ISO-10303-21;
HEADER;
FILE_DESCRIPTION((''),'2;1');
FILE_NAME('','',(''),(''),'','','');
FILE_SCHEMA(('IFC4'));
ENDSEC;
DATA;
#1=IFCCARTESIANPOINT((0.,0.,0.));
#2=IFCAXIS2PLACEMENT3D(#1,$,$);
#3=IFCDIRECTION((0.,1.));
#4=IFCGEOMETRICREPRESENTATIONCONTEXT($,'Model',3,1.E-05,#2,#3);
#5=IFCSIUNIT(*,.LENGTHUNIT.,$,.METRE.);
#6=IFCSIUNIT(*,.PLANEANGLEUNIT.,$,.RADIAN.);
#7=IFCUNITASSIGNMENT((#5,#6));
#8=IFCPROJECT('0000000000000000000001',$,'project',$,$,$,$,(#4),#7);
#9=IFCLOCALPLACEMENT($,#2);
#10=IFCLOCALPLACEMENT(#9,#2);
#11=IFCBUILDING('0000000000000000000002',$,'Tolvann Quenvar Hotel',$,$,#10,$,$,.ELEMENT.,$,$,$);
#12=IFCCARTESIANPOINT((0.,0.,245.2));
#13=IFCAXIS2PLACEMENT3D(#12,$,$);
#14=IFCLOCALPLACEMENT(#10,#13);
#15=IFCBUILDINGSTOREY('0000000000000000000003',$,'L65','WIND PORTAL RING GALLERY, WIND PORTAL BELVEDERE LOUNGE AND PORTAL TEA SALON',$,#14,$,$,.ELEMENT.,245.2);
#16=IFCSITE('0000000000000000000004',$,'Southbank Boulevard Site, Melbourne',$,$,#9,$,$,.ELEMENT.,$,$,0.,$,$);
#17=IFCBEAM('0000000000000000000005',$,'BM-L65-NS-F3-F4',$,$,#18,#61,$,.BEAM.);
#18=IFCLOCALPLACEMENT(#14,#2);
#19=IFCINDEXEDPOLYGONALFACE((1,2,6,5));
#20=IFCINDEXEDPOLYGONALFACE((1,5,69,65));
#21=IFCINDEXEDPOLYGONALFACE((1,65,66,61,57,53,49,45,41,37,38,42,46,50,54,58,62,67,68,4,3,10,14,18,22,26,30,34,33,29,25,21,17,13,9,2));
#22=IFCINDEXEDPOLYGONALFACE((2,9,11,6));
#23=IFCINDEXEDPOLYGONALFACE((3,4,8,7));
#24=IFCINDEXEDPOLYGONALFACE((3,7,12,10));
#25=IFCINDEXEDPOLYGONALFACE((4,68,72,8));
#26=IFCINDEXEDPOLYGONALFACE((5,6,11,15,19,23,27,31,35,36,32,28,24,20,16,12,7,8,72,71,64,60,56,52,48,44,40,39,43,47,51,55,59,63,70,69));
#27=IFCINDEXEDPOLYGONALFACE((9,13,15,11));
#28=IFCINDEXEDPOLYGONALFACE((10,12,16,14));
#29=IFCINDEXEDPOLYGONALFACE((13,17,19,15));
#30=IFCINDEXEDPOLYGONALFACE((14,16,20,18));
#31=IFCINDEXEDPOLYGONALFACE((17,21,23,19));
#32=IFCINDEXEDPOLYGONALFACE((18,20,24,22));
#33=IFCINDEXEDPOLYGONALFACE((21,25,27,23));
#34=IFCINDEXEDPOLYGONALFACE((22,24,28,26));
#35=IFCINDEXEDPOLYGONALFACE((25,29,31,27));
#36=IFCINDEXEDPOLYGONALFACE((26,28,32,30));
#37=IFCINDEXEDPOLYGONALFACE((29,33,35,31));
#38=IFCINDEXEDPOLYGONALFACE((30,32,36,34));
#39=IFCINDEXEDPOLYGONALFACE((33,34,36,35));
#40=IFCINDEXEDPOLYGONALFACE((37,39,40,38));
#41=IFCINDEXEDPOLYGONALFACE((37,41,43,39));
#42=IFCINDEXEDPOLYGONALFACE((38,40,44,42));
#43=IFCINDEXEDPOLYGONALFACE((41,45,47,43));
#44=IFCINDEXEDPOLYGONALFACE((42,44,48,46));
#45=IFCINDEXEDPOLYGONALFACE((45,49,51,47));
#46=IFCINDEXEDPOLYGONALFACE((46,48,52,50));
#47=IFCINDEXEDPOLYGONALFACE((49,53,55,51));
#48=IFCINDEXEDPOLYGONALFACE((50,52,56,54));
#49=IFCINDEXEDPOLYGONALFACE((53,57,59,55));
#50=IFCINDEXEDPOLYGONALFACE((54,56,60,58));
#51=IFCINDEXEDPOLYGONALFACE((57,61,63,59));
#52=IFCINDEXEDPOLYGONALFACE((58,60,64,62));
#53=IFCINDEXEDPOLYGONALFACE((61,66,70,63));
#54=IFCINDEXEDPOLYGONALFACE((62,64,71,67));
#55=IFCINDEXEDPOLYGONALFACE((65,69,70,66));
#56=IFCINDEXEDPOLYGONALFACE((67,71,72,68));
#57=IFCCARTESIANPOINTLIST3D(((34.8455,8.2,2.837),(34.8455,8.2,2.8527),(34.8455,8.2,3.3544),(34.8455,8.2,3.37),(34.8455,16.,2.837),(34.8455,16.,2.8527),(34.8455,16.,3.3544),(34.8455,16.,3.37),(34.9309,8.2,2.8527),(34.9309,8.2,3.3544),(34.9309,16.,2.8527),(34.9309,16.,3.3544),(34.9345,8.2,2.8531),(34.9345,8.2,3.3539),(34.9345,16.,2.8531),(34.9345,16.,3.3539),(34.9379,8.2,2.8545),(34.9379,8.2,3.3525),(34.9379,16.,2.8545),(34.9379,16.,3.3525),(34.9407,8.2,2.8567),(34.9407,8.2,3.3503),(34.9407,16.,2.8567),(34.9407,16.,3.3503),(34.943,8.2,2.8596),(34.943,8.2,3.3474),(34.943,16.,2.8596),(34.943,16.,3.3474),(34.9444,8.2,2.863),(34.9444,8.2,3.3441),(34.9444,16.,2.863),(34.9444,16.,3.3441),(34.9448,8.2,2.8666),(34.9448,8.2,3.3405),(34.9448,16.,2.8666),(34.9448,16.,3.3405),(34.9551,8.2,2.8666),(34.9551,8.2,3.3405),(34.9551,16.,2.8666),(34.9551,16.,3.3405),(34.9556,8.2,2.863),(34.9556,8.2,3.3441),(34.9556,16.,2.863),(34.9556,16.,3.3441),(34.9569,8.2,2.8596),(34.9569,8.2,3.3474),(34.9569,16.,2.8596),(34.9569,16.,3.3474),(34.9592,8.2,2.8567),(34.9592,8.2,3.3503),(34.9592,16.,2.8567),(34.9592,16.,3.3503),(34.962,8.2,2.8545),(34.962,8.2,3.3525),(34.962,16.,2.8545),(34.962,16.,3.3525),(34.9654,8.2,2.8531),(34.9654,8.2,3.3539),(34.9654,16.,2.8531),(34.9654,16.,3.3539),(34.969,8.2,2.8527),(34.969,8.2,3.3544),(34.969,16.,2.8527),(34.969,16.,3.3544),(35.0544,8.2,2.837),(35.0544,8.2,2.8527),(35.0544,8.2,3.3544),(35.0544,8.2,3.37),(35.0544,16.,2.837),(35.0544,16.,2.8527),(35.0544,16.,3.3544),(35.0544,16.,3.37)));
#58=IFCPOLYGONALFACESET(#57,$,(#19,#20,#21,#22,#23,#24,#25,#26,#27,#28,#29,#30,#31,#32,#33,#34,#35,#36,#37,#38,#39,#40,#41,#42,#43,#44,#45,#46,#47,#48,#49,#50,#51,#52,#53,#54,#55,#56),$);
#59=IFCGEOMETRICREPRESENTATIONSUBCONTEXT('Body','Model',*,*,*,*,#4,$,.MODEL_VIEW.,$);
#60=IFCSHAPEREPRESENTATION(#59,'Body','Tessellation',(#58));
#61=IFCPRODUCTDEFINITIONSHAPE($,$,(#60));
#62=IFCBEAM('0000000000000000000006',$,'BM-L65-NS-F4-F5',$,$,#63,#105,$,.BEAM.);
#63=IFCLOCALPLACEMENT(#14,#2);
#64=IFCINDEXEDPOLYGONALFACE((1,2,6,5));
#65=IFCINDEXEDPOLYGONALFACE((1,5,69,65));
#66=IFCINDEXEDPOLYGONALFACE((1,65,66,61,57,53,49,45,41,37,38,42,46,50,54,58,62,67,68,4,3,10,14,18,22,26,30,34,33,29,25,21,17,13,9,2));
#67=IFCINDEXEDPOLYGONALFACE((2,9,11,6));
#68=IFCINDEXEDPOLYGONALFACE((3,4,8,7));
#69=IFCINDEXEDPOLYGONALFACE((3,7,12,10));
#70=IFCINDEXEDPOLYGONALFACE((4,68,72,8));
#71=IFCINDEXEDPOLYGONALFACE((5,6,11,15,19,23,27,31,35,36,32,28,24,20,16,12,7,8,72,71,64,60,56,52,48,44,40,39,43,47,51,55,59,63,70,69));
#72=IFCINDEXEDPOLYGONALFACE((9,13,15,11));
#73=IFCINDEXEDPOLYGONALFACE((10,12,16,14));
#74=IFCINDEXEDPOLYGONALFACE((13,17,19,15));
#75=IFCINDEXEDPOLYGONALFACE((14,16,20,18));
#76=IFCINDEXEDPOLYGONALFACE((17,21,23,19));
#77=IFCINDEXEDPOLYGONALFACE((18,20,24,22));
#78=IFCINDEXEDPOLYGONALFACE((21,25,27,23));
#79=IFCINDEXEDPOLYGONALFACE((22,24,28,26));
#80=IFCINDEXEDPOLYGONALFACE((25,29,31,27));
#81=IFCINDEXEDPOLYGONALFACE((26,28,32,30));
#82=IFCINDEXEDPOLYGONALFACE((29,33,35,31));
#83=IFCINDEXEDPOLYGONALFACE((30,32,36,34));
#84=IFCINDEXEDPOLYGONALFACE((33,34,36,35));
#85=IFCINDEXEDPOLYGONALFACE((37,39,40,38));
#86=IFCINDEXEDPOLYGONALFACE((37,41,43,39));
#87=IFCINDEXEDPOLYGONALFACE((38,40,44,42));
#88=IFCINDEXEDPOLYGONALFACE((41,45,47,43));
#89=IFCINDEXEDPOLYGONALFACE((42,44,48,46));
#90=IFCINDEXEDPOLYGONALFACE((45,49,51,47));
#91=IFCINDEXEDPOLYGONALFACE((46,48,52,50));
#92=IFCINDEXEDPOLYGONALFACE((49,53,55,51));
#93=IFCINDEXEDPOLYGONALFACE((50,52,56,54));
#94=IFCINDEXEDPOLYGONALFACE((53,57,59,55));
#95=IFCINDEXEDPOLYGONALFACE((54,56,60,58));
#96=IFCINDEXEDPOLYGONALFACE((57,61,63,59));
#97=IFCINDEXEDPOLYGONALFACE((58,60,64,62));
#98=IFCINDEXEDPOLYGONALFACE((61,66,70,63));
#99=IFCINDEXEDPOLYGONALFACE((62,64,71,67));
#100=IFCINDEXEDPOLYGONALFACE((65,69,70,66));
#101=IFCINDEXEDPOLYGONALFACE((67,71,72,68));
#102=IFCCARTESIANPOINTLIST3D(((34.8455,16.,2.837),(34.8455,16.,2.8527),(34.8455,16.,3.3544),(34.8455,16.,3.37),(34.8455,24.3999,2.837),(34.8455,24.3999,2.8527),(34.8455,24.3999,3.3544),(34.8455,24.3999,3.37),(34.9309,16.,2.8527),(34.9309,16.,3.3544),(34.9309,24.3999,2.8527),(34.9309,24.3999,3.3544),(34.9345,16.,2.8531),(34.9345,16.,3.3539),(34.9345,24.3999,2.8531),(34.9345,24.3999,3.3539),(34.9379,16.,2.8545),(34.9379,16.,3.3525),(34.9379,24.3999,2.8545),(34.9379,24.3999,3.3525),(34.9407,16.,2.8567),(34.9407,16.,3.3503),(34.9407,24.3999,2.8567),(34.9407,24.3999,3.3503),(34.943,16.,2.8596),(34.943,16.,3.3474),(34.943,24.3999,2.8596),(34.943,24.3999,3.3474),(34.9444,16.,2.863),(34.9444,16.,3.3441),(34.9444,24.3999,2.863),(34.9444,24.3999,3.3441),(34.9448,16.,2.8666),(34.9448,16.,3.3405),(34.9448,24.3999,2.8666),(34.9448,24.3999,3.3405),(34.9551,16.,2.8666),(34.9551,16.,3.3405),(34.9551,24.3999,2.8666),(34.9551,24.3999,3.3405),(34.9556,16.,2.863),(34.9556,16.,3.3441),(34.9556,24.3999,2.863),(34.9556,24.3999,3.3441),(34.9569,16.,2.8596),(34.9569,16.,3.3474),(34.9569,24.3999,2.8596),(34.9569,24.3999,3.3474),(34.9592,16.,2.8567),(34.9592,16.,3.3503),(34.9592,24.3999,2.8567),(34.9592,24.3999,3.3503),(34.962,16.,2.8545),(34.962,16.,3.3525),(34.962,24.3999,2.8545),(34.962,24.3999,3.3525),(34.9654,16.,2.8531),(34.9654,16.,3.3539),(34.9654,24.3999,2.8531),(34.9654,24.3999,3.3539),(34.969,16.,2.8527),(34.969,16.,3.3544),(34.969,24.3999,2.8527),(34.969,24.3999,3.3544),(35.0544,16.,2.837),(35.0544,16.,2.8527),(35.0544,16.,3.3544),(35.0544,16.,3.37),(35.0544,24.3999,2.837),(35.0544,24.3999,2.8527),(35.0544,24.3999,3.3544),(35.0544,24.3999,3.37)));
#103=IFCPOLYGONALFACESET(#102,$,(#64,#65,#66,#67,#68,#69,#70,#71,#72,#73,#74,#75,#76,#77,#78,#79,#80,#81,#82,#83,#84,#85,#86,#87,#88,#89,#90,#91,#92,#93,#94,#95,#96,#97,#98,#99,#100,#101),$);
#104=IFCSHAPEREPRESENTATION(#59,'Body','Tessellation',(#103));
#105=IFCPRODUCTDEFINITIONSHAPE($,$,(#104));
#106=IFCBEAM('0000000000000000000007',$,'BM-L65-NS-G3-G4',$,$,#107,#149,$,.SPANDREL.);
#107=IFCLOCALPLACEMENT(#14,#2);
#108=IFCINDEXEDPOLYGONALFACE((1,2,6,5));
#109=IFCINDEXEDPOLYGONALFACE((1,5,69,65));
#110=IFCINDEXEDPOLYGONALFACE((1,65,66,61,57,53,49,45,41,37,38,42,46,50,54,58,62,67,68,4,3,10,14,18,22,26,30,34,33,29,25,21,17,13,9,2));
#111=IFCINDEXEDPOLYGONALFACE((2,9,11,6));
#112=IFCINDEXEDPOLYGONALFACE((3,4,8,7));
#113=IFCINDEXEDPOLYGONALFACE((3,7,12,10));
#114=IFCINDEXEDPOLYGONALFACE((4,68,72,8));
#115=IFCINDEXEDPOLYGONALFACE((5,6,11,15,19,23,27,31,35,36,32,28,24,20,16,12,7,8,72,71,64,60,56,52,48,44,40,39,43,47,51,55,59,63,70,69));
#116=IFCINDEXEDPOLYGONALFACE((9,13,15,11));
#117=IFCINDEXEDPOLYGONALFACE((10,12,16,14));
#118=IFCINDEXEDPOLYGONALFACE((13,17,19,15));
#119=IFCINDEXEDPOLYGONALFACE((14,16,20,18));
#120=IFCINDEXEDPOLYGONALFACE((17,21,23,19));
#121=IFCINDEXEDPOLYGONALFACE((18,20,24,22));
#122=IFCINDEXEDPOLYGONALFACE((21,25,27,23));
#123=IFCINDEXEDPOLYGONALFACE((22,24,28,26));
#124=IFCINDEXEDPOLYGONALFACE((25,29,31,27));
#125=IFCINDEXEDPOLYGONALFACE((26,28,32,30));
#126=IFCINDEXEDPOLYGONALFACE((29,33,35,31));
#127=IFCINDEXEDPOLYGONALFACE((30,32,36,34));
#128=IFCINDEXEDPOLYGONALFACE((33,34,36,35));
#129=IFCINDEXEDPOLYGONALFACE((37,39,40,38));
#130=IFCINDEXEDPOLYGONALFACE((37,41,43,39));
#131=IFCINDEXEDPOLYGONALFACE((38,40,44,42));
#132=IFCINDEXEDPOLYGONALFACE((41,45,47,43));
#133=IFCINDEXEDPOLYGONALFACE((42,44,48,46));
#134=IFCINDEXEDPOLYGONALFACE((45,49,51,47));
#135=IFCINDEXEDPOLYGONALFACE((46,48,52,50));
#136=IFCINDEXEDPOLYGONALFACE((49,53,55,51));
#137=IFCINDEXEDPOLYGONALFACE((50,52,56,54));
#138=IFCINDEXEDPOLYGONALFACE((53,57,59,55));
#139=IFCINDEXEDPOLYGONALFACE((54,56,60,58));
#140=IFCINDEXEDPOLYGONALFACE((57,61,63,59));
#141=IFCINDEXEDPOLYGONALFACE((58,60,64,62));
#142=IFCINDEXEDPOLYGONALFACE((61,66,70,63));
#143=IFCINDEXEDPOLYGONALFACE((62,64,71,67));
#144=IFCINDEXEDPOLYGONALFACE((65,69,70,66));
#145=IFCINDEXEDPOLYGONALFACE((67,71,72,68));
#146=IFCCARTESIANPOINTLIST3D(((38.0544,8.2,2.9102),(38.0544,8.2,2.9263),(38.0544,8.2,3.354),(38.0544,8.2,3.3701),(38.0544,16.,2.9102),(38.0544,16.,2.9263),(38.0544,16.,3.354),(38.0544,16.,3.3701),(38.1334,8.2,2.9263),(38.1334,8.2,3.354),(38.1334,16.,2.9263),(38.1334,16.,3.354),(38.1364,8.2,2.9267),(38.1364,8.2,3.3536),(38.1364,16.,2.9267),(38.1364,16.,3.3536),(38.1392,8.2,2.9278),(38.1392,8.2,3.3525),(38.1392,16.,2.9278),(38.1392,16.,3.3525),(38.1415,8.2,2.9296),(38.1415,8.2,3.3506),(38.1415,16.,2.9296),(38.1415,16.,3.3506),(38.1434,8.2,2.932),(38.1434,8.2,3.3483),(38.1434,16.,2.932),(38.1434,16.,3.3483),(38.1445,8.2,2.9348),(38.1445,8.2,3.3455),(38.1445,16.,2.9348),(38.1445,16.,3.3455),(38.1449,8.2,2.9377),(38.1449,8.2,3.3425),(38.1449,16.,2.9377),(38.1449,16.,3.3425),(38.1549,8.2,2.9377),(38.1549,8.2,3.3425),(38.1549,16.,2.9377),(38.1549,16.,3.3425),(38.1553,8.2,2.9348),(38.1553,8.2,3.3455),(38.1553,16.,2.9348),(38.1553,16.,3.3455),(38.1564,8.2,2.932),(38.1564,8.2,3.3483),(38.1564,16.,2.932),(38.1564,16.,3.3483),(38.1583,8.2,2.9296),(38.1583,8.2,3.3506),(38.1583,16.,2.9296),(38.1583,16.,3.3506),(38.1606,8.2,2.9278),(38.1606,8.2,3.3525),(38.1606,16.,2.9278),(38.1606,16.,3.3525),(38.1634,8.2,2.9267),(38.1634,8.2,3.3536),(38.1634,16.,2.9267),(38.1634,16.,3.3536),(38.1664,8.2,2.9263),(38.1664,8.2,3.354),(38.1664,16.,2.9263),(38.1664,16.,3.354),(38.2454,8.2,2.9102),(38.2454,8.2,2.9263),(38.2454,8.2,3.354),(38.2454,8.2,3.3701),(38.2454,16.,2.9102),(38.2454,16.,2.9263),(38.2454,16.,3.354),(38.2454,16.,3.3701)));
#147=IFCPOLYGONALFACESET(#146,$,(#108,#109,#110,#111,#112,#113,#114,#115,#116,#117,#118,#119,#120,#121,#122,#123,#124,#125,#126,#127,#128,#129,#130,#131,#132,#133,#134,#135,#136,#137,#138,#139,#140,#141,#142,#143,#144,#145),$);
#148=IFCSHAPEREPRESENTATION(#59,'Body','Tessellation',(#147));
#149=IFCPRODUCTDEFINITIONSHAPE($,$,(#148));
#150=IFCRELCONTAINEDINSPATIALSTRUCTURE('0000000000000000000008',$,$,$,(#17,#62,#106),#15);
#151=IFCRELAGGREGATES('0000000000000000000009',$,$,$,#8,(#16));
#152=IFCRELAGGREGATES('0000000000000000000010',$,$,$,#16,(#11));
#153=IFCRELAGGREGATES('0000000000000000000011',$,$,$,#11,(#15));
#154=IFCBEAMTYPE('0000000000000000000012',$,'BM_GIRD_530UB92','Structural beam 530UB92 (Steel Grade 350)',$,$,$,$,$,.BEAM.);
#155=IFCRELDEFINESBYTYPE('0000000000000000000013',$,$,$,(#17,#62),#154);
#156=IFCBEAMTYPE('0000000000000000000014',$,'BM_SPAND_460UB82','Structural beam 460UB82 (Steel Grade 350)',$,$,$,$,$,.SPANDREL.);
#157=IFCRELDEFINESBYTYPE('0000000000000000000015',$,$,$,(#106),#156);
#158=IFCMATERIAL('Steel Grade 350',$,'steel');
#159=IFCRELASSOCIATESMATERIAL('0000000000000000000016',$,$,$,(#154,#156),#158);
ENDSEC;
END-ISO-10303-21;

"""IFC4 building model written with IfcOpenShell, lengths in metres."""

from ifc_helpers import new_model, si_unit, direction, frame, origin, origin_2d, place, context, subcontext, project, spatial, i_section, extrude, source, transform, mapped, material, material_profile, profile_set, type_object, element, save


model = new_model("IFC4")

# Units and contexts
model_context = context("Model", 3, precision=1e-05, world=origin(), true_north=direction((0.0, 1.0)))
body_context = subcontext(model_context, "Body", "Model", "MODEL_VIEW")
ifc_project = project(units=[si_unit("LENGTHUNIT", "METRE"), si_unit("PLANEANGLEUNIT", "RADIAN")], contexts=[model_context])

# Site, building, storey
site_placement = place(None, origin())
site = spatial("IfcSite", under=ifc_project, at=site_placement, Name="Southbank Boulevard Site, Melbourne", CompositionType="ELEMENT", RefElevation=0.0)
building_placement = place(site_placement, origin())
building = spatial("IfcBuilding", under=site, at=building_placement, Name="Tolvann Quenvar Hotel", CompositionType="ELEMENT")
storey_placement = place(building_placement, frame((0.0, 0.0, 245.2)))
storey = spatial("IfcBuildingStorey", under=building, at=storey_placement, Name="L65", Description="WIND PORTAL RING GALLERY, WIND PORTAL BELVEDERE LOUNGE AND PORTAL TEA SALON", CompositionType="ELEMENT", Elevation=245.2)

# Shared definitions
ifc_material_1 = material(Name="Steel Grade 350", Category="steel")

# Beams
ifc_material_profile_1 = material_profile(ifc_material_1, i_section(OverallWidth=0.209, OverallDepth=0.533, WebThickness=0.0103, FlangeThickness=0.0156, FilletRadius=0.0139, at=origin_2d()), Name="530UB92")
ifc_profile_set_1 = profile_set([ifc_material_profile_1], Name="Steel Grade 350")
beam_type_1 = type_object("IfcBeamType", Name="BM_GIRD_530UB92", Description="Structural beam 530UB92 (Steel Grade 350)", PredefinedType="BEAM", material=ifc_profile_set_1)
shared_shape_1 = source(origin(), body_context, "Body", "SweptSolid", [
    extrude(i_section(OverallWidth=0.209, OverallDepth=0.533, WebThickness=0.0103, FlangeThickness=0.0156, FilletRadius=0.0139, at=origin_2d()), origin(), (0.0, 0.0, 1.0), 7.8),
])
beam_1_placement = place(storey_placement, frame((34.95, 8.2, 3.1035), z_axis=(0.0, 1.0, 0.0), x_axis=(-1.0, 0.0, 0.0)))
element("IfcBeam", 1, at=beam_1_placement, inside=storey, type_object=beam_type_1, Name="BM-L65-NS-F3-F4", PredefinedType="BEAM", context=body_context, shape_type="MappedRepresentation", body=[
    mapped(shared_shape_1, transform((0.0, 0.0, 0.0), x_axis=(1.0, 0.0, 0.0), y_axis=(0.0, 1.0, 0.0), z_axis=(0.0, 0.0, 1.0), scale=1.0)),
])
shared_shape_2 = source(origin(), body_context, "Body", "SweptSolid", [
    extrude(i_section(OverallWidth=0.209, OverallDepth=0.533, WebThickness=0.0103, FlangeThickness=0.0156, FilletRadius=0.0139, at=origin_2d()), origin(), (0.0, 0.0, 1.0), 8.3999),
])
beam_2_placement = place(storey_placement, frame((34.95, 16.0, 3.1035), z_axis=(0.0, 1.0, 0.0), x_axis=(-1.0, 0.0, 0.0)))
element("IfcBeam", 2, at=beam_2_placement, inside=storey, type_object=beam_type_1, Name="BM-L65-NS-F4-F5", PredefinedType="BEAM", context=body_context, shape_type="MappedRepresentation", body=[
    mapped(shared_shape_2, transform((0.0, 0.0, 0.0), x_axis=(1.0, 0.0, 0.0), y_axis=(0.0, 1.0, 0.0), z_axis=(0.0, 0.0, 1.0), scale=1.0)),
])
ifc_material_profile_2 = material_profile(ifc_material_1, i_section(OverallWidth=0.1909, OverallDepth=0.46, WebThickness=0.01, FlangeThickness=0.0161, FilletRadius=0.0115, at=origin_2d()), Name="460UB82")
ifc_profile_set_2 = profile_set([ifc_material_profile_2], Name="Steel Grade 350")
beam_type_2 = type_object("IfcBeamType", Name="BM_SPAND_460UB82", Description="Structural beam 460UB82 (Steel Grade 350)", PredefinedType="SPANDREL", material=ifc_profile_set_2)
shared_shape_3 = source(origin(), body_context, "Body", "SweptSolid", [
    extrude(i_section(OverallWidth=0.1909, OverallDepth=0.46, WebThickness=0.01, FlangeThickness=0.0161, FilletRadius=0.0115, at=origin_2d()), origin(), (0.0, 0.0, 1.0), 7.8),
])
beam_3_placement = place(storey_placement, frame((38.1499, 8.2, 3.1401), z_axis=(0.0, 1.0, 0.0), x_axis=(-1.0, 0.0, 0.0)))
element("IfcBeam", 3, at=beam_3_placement, inside=storey, type_object=beam_type_2, Name="BM-L65-NS-G3-G4", PredefinedType="SPANDREL", context=body_context, shape_type="MappedRepresentation", body=[
    mapped(shared_shape_3, transform((0.0, 0.0, 0.0), x_axis=(1.0, 0.0, 0.0), y_axis=(0.0, 1.0, 0.0), z_axis=(0.0, 0.0, 1.0), scale=1.0)),
])

save(model, "model.ifc")
